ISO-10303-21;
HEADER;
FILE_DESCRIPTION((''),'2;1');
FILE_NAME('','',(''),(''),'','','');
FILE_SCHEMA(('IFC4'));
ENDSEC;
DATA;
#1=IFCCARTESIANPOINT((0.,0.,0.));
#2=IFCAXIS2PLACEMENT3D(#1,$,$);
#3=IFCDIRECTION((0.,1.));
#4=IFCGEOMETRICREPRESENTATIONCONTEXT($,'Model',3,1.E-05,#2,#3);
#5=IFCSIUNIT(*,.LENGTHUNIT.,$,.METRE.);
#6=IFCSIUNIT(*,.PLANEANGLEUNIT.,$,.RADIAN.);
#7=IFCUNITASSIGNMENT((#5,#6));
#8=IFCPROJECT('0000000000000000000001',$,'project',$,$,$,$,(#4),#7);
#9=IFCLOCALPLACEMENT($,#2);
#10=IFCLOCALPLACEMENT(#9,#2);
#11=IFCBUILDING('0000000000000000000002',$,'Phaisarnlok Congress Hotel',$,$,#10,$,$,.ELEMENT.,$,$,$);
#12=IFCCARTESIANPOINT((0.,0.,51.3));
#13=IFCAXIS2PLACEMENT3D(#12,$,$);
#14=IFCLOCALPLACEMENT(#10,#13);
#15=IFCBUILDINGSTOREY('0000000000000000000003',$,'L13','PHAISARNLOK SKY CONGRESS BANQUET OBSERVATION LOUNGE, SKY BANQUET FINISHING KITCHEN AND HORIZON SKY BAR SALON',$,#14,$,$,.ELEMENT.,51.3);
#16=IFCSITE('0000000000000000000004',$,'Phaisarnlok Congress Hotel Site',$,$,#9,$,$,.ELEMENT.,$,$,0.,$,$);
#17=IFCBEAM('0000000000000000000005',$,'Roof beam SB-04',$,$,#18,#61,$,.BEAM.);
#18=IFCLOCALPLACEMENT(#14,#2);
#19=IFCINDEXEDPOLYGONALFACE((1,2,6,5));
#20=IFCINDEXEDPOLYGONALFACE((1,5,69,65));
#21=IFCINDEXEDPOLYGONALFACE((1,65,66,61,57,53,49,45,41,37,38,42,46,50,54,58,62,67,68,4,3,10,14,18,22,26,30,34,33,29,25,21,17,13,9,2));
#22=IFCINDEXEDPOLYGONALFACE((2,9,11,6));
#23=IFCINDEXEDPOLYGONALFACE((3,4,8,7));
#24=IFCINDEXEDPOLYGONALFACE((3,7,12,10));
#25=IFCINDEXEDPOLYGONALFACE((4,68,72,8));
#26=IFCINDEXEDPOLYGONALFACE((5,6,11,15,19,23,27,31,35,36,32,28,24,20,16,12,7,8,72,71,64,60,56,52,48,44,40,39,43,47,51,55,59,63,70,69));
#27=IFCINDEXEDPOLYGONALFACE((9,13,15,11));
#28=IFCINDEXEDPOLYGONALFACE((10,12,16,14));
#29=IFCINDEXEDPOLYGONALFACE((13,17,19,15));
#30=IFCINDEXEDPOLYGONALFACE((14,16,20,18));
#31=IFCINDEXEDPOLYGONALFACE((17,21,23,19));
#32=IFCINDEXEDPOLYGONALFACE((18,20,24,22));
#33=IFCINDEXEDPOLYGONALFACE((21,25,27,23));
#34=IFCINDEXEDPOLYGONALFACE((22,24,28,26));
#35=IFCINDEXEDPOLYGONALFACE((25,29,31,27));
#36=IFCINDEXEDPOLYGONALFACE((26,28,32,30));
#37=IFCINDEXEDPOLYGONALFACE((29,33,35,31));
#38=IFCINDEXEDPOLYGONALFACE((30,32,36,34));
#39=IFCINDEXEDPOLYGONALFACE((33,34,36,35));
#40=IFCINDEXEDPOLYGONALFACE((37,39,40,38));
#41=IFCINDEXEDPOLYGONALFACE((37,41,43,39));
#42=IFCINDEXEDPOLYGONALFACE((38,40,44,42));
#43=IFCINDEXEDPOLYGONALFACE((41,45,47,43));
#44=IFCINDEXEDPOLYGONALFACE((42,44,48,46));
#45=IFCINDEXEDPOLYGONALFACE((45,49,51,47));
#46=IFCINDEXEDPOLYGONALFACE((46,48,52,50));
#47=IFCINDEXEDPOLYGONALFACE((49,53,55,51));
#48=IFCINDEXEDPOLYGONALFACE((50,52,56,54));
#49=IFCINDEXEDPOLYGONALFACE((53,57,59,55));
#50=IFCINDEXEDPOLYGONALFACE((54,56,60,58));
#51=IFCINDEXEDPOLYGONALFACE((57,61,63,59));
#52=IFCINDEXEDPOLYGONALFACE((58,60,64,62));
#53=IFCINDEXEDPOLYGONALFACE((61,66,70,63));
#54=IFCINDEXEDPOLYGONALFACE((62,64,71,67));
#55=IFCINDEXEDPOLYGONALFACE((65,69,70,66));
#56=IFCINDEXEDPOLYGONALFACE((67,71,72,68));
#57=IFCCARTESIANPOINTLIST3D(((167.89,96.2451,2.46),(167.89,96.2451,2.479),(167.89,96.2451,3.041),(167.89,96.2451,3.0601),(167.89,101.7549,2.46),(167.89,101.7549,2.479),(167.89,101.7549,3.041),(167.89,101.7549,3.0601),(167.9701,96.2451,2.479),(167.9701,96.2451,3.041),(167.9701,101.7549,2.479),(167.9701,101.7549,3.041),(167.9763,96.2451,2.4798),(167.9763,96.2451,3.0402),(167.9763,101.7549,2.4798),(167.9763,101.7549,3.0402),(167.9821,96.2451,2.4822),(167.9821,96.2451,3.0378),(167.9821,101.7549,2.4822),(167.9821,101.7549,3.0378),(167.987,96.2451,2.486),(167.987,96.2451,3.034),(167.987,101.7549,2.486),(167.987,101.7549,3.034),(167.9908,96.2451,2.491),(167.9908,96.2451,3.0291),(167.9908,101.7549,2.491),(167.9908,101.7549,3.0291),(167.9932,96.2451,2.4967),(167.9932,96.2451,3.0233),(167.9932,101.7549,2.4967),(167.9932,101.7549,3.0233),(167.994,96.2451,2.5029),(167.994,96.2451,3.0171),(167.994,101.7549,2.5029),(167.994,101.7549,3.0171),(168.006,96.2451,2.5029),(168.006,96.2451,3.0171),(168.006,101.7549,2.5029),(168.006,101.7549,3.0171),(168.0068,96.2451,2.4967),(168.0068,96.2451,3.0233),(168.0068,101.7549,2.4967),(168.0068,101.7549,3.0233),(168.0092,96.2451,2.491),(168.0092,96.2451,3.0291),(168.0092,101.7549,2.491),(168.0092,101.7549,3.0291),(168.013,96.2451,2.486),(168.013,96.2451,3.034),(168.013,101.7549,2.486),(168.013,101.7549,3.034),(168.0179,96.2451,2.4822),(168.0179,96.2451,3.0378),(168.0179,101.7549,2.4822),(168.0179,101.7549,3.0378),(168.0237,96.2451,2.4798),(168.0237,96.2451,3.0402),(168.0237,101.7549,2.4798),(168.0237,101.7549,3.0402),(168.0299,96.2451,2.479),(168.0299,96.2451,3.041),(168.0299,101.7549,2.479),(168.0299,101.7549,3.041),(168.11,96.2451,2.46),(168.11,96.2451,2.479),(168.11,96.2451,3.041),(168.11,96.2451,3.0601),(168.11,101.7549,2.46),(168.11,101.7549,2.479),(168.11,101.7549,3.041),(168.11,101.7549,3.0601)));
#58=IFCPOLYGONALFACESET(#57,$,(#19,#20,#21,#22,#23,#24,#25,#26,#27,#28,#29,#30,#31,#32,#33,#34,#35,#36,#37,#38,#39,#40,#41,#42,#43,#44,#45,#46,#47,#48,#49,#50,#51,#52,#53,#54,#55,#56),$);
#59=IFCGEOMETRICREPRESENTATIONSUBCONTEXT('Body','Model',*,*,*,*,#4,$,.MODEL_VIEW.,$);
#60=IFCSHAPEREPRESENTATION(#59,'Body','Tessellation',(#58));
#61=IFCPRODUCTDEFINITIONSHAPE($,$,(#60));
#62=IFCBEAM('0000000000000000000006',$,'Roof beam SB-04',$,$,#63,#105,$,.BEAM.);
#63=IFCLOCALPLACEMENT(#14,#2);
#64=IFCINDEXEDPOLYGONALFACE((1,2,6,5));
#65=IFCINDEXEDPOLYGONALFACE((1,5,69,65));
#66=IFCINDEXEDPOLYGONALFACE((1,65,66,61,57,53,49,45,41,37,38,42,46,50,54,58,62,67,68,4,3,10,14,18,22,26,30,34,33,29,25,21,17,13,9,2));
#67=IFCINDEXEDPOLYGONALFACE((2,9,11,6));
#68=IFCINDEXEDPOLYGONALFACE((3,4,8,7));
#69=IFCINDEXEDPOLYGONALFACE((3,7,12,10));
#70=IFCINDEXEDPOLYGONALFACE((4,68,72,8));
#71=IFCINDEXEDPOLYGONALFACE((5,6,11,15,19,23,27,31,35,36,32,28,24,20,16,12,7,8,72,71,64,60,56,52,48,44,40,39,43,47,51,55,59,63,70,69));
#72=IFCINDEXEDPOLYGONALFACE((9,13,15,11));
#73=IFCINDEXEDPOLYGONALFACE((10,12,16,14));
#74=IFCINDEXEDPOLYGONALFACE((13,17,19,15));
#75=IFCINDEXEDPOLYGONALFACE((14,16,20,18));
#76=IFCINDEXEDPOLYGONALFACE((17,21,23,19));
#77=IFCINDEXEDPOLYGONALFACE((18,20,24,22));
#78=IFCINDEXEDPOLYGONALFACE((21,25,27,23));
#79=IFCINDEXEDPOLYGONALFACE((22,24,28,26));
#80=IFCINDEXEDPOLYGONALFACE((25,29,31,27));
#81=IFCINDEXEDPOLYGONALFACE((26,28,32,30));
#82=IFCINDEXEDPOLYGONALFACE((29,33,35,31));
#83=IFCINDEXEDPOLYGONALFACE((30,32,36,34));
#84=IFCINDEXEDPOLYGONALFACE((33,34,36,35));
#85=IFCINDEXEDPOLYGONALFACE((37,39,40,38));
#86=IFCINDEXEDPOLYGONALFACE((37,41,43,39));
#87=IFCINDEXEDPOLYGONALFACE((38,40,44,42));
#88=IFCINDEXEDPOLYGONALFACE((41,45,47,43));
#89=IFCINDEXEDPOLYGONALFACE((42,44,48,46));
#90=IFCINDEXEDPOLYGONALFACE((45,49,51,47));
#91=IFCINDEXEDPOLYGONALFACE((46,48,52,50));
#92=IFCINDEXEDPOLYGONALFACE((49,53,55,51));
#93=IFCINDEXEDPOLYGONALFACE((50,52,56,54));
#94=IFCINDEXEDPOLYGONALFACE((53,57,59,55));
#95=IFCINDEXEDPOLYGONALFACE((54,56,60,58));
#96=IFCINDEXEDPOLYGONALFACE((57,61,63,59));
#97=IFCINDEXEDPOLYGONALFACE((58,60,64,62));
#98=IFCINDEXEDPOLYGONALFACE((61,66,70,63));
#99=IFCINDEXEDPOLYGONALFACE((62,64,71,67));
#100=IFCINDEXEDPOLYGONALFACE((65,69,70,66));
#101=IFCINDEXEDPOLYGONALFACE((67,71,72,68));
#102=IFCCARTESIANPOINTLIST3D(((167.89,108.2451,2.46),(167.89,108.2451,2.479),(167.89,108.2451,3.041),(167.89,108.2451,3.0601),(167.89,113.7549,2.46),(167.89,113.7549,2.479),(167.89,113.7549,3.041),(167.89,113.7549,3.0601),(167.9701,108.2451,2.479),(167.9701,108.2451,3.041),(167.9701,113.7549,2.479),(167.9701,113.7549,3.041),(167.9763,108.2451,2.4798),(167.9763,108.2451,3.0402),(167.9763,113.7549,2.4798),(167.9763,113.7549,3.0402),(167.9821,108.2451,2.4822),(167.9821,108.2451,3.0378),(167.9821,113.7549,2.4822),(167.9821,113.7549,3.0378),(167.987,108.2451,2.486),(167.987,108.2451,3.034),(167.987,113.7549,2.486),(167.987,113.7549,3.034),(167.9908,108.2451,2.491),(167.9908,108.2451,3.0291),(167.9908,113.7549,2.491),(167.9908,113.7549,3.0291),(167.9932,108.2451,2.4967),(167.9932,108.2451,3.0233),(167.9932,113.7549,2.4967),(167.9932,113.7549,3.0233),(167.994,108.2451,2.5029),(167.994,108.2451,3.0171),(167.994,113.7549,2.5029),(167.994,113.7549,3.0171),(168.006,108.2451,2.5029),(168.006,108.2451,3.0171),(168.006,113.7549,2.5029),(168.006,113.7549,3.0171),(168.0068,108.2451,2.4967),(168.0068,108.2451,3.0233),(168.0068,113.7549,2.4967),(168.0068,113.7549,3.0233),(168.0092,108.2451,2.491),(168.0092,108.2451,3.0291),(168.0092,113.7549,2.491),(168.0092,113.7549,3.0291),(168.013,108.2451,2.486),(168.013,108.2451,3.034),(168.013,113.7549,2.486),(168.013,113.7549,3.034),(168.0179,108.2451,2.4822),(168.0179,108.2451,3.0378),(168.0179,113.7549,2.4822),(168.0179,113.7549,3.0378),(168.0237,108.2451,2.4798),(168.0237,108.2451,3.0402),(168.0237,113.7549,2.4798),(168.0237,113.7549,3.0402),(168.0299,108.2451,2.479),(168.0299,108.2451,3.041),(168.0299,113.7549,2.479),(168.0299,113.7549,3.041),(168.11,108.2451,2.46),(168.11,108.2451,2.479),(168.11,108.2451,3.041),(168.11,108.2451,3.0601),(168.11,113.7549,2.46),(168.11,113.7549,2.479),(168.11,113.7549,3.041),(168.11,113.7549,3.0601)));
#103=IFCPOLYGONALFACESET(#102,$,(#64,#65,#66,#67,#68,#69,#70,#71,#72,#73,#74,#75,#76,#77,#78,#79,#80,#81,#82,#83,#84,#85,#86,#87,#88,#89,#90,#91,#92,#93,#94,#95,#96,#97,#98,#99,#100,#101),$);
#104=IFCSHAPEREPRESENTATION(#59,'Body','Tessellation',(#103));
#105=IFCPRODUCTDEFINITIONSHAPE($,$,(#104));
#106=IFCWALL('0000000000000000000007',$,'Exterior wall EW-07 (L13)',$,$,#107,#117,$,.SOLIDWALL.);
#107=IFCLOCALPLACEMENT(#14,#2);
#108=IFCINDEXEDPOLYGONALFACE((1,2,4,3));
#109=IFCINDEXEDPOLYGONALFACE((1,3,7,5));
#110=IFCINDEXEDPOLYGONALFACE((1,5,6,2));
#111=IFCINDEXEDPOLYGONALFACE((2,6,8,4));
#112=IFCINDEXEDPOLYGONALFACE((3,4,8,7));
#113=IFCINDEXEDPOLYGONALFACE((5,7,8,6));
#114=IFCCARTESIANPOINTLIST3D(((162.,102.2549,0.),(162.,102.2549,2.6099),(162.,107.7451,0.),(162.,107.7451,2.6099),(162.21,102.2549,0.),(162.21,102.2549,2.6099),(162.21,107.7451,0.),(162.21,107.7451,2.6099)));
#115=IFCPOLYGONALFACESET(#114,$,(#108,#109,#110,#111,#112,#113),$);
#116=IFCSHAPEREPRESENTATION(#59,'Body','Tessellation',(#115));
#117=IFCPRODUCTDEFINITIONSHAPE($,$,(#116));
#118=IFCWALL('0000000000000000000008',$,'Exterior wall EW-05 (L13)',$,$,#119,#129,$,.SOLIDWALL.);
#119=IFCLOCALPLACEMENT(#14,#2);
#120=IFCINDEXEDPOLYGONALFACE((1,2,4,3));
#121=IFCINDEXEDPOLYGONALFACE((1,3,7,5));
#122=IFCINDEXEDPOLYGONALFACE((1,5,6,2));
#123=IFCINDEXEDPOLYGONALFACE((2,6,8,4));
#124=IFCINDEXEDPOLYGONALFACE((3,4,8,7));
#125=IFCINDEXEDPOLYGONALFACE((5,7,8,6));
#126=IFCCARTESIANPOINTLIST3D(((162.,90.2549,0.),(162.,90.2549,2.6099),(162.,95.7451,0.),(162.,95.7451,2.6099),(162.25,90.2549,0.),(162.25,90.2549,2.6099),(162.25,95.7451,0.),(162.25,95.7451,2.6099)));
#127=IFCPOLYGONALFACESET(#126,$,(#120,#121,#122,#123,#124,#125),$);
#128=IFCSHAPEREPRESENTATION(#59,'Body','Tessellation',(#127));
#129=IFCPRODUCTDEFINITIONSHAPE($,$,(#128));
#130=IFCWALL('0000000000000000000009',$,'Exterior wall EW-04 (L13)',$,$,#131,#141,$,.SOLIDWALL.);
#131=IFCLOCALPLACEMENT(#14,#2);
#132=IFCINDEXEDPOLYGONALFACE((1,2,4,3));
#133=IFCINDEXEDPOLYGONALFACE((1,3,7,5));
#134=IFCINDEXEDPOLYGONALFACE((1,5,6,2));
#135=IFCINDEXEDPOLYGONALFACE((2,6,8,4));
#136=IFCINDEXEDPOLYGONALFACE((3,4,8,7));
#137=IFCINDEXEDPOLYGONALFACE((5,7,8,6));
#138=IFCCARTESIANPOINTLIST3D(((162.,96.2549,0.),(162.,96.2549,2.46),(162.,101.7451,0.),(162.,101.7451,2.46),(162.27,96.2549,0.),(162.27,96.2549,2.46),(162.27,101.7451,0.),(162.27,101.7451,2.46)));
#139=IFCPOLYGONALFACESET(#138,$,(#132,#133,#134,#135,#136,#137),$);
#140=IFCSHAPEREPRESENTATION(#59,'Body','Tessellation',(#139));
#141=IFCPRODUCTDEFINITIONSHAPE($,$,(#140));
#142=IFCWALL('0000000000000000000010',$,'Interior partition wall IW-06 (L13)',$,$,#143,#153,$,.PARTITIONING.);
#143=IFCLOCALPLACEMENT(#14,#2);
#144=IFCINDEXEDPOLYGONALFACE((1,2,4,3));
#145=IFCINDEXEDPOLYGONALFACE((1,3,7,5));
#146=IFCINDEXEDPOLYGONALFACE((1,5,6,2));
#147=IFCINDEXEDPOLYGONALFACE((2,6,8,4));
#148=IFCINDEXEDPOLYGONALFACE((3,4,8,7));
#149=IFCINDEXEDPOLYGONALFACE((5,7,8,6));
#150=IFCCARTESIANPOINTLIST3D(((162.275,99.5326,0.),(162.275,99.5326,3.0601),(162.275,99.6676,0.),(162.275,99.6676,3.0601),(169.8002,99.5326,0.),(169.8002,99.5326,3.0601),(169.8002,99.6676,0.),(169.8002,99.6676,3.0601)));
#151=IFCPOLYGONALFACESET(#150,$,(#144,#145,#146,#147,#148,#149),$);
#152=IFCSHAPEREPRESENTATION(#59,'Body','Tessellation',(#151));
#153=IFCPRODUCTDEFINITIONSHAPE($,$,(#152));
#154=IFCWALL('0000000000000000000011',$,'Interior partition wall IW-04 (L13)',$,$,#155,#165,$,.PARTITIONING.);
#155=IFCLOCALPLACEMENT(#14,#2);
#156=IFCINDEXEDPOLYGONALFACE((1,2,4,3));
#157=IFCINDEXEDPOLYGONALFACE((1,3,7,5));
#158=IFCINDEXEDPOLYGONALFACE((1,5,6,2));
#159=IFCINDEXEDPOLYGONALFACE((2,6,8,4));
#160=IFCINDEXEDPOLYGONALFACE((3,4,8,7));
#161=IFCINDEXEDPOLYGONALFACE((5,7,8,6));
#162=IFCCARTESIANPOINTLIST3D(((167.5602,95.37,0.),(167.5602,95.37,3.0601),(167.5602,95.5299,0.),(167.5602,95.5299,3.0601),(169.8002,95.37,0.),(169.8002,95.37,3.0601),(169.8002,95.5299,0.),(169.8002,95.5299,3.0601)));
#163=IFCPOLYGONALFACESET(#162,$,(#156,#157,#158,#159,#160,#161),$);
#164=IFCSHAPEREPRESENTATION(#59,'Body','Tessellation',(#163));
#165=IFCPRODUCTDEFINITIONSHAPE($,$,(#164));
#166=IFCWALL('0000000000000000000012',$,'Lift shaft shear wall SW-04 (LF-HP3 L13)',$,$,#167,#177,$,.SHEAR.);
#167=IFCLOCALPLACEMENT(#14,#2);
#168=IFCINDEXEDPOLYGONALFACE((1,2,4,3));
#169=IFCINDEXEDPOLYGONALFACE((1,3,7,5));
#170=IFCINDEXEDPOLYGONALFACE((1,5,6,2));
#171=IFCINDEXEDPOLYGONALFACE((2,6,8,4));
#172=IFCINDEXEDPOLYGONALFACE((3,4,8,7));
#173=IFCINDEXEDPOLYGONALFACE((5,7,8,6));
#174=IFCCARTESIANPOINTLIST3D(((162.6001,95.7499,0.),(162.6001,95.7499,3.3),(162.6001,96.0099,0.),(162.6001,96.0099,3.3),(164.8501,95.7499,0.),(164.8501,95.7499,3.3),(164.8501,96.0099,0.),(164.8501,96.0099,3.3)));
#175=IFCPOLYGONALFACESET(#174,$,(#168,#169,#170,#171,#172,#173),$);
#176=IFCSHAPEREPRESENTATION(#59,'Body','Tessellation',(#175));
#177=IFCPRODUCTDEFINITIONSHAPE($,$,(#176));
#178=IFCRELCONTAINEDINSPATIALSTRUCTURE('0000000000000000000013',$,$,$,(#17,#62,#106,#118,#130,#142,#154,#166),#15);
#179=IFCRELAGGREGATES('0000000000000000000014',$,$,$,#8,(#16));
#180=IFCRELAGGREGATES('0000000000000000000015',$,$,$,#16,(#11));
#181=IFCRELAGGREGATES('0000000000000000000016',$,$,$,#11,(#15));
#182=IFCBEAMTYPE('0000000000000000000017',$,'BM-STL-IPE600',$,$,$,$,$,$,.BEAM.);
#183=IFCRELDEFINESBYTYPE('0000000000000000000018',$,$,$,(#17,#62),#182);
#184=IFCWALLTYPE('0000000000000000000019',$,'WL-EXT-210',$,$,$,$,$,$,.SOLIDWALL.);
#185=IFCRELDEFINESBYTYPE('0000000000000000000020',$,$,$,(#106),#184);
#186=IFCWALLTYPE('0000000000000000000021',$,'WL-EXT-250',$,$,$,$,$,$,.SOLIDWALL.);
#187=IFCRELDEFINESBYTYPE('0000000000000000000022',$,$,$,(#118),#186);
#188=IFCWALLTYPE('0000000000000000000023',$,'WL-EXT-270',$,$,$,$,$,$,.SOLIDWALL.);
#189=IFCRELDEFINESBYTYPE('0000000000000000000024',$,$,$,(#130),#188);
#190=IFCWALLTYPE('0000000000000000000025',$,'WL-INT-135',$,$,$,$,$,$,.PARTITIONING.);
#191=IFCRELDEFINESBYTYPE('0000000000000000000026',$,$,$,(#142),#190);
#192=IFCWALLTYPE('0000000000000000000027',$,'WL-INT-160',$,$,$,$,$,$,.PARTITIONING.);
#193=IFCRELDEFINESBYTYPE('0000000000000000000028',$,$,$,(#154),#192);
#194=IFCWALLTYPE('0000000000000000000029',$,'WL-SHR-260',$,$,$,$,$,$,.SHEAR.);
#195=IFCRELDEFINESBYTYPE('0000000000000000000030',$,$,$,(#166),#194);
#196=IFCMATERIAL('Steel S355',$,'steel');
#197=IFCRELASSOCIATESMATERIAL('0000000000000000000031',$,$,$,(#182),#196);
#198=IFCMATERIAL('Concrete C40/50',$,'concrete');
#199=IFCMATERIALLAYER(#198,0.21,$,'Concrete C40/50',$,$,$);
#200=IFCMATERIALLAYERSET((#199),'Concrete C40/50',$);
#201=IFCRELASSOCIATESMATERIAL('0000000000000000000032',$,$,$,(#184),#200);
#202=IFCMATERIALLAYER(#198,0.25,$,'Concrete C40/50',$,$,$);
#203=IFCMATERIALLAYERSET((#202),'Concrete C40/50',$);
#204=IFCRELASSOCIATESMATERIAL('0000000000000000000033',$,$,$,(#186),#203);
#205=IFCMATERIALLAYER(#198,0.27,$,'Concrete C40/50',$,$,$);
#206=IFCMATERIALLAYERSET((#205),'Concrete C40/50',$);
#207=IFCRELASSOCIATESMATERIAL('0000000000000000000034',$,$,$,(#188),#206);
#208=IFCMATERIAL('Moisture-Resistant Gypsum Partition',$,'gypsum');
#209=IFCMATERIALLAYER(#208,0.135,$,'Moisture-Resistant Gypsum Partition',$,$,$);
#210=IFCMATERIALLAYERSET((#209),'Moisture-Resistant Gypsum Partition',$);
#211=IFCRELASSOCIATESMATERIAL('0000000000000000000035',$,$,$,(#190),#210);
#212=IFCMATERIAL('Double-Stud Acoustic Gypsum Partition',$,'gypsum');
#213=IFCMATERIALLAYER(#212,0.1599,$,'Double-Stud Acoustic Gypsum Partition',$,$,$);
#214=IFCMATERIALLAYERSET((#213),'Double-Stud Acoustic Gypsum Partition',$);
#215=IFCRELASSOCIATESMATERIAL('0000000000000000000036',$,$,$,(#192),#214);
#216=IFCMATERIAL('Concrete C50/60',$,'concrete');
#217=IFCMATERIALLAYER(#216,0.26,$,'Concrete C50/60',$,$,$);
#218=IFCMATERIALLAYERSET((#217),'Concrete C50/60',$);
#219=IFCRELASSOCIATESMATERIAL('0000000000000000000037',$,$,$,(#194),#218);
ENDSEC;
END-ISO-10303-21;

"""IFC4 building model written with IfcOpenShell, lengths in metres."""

from ifc_helpers import new_model, si_unit, direction, frame, frame_2d, origin, origin_2d, place, context, subcontext, project, spatial, rectangle, i_section, extrude, material, layer, layer_set, material_profile, profile_set, type_object, element, save


model = new_model("IFC4")

# Units and contexts
model_context = context("Model", 3, precision=1e-05, world=origin(), true_north=direction((0.0, 1.0)))
body_context = subcontext(model_context, "Body", "Model", "MODEL_VIEW")
ifc_project = project(units=[si_unit("LENGTHUNIT", "METRE"), si_unit("PLANEANGLEUNIT", "RADIAN")], contexts=[model_context])

# Site, building, storey
site_placement = place(None, origin())
site = spatial("IfcSite", under=ifc_project, at=site_placement, Name="Phaisarnlok Congress Hotel Site", CompositionType="ELEMENT", RefElevation=0.0)
building_placement = place(site_placement, origin())
building = spatial("IfcBuilding", under=site, at=building_placement, Name="Phaisarnlok Congress Hotel", CompositionType="ELEMENT")
storey_placement = place(building_placement, frame((0.0, 0.0, 51.3)))
storey = spatial("IfcBuildingStorey", under=building, at=storey_placement, Name="L13", Description="PHAISARNLOK SKY CONGRESS BANQUET OBSERVATION LOUNGE, SKY BANQUET FINISHING KITCHEN AND HORIZON SKY BAR SALON", CompositionType="ELEMENT", Elevation=51.3)

# Shared definitions
ifc_material_1 = material(Name="Concrete C50/60", Category="concrete")

# Beams
ifc_material_2 = material(Name="Steel S355", Category="steel")
ifc_material_profile_1 = material_profile(ifc_material_2, i_section(OverallWidth=0.22, OverallDepth=0.6001, WebThickness=0.012, FlangeThickness=0.019, FilletRadius=0.0239, at=origin_2d()), Name="IPE 600")
ifc_profile_set_1 = profile_set([ifc_material_profile_1], Name="Steel S355")
beam_type_1 = type_object("IfcBeamType", Name="BM-STL-IPE600", PredefinedType="BEAM", material=ifc_profile_set_1)
for number, where, z_axis, x_axis, name in (
    (1, (168.0, 96.2451, 2.76), (0.0, 1.0, 0.0), (-1.0, 0.0, 0.0), "Roof beam SB-04"),
    (2, (168.0, 108.2451, 2.76), (0.0, 1.0, 0.0), (-1.0, 0.0, 0.0), "Roof beam SB-04"),
):
    element("IfcBeam", number, at=place(storey_placement, frame(where, z_axis=z_axis, x_axis=x_axis)), inside=storey, type_object=beam_type_1, Name=name, PredefinedType="BEAM", context=body_context, shape_type="SweptSolid", body=[
        extrude(i_section(OverallWidth=0.22, OverallDepth=0.6001, WebThickness=0.012, FlangeThickness=0.019, FilletRadius=0.0239, at=origin_2d()), origin(), (0.0, 0.0, 1.0), 5.5098),
    ])

# Walls
ifc_material_3 = material(Name="Concrete C40/50", Category="concrete")
ifc_layer_1 = layer(ifc_material_3, 0.21, Name="Concrete C40/50")
ifc_layer_set_1 = layer_set([ifc_layer_1], Name="Concrete C40/50")
wall_type_1 = type_object("IfcWallType", Name="WL-EXT-210", PredefinedType="SOLIDWALL", material=ifc_layer_set_1)
wall_1_placement = place(storey_placement, frame((162.105, 107.7451, 0.0), z_axis=(0.0, 0.0, 1.0), x_axis=(0.0, -1.0, 0.0)))
element("IfcWall", 3, at=wall_1_placement, inside=storey, type_object=wall_type_1, Name="Exterior wall EW-07 (L13)", PredefinedType="SOLIDWALL", context=body_context, shape_type="SweptSolid", body=[
    extrude(rectangle(XDim=5.4902, YDim=0.21, at=frame_2d((2.7451, 0.0))), origin(), (0.0, 0.0, 1.0), 2.6099),
])
ifc_layer_2 = layer(ifc_material_3, 0.25, Name="Concrete C40/50")
ifc_layer_set_2 = layer_set([ifc_layer_2], Name="Concrete C40/50")
wall_type_2 = type_object("IfcWallType", Name="WL-EXT-250", PredefinedType="SOLIDWALL", material=ifc_layer_set_2)
wall_2_placement = place(storey_placement, frame((162.125, 95.7451, 0.0), z_axis=(0.0, 0.0, 1.0), x_axis=(0.0, -1.0, 0.0)))
element("IfcWall", 4, at=wall_2_placement, inside=storey, type_object=wall_type_2, Name="Exterior wall EW-05 (L13)", PredefinedType="SOLIDWALL", context=body_context, shape_type="SweptSolid", body=[
    extrude(rectangle(XDim=5.4902, YDim=0.25, at=frame_2d((2.7451, 0.0))), origin(), (0.0, 0.0, 1.0), 2.6099),
])
ifc_layer_3 = layer(ifc_material_3, 0.27, Name="Concrete C40/50")
ifc_layer_set_3 = layer_set([ifc_layer_3], Name="Concrete C40/50")
wall_type_3 = type_object("IfcWallType", Name="WL-EXT-270", PredefinedType="SOLIDWALL", material=ifc_layer_set_3)
wall_3_placement = place(storey_placement, frame((162.135, 101.7451, 0.0), z_axis=(0.0, 0.0, 1.0), x_axis=(0.0, -1.0, 0.0)))
element("IfcWall", 5, at=wall_3_placement, inside=storey, type_object=wall_type_3, Name="Exterior wall EW-04 (L13)", PredefinedType="SOLIDWALL", context=body_context, shape_type="SweptSolid", body=[
    extrude(rectangle(XDim=5.4902, YDim=0.27, at=frame_2d((2.7451, 0.0))), origin(), (0.0, 0.0, 1.0), 2.46),
])
ifc_material_4 = material(Name="Moisture-Resistant Gypsum Partition", Category="gypsum")
ifc_layer_4 = layer(ifc_material_4, 0.135, Name="Moisture-Resistant Gypsum Partition")
ifc_layer_set_4 = layer_set([ifc_layer_4], Name="Moisture-Resistant Gypsum Partition")
wall_type_4 = type_object("IfcWallType", Name="WL-INT-135", PredefinedType="PARTITIONING", material=ifc_layer_set_4)
wall_4_placement = place(storey_placement, frame((162.2749, 99.6001, 0.0), z_axis=(0.0, 0.0, 1.0), x_axis=(1.0, 0.0, 0.0)))
element("IfcWall", 6, at=wall_4_placement, inside=storey, type_object=wall_type_4, Name="Interior partition wall IW-06 (L13)", PredefinedType="PARTITIONING", context=body_context, shape_type="SweptSolid", body=[
    extrude(rectangle(XDim=7.5251, YDim=0.135, at=frame_2d((3.7627, 0.0))), origin(), (0.0, 0.0, 1.0), 3.0601),
])
ifc_material_5 = material(Name="Double-Stud Acoustic Gypsum Partition", Category="gypsum")
ifc_layer_5 = layer(ifc_material_5, 0.1599, Name="Double-Stud Acoustic Gypsum Partition")
ifc_layer_set_5 = layer_set([ifc_layer_5], Name="Double-Stud Acoustic Gypsum Partition")
wall_type_5 = type_object("IfcWallType", Name="WL-INT-160", PredefinedType="PARTITIONING", material=ifc_layer_set_5)
wall_5_placement = place(storey_placement, frame((167.5601, 95.45, 0.0), z_axis=(0.0, 0.0, 1.0), x_axis=(1.0, 0.0, 0.0)))
element("IfcWall", 7, at=wall_5_placement, inside=storey, type_object=wall_type_5, Name="Interior partition wall IW-04 (L13)", PredefinedType="PARTITIONING", context=body_context, shape_type="SweptSolid", body=[
    extrude(rectangle(XDim=2.24, YDim=0.1599, at=frame_2d((1.1201, 0.0))), origin(), (0.0, 0.0, 1.0), 3.0601),
])
ifc_layer_6 = layer(ifc_material_1, 0.26, Name="Concrete C50/60")
ifc_layer_set_6 = layer_set([ifc_layer_6], Name="Concrete C50/60")
wall_type_6 = type_object("IfcWallType", Name="WL-SHR-260", PredefinedType="SHEAR", material=ifc_layer_set_6)
wall_6_placement = place(storey_placement, frame((162.6001, 95.8799, 0.0), z_axis=(0.0, 0.0, 1.0), x_axis=(1.0, 0.0, 0.0)))
element("IfcWall", 8, at=wall_6_placement, inside=storey, type_object=wall_type_6, Name="Lift shaft shear wall SW-04 (LF-HP3 L13)", PredefinedType="SHEAR", context=body_context, shape_type="SweptSolid", body=[
    extrude(rectangle(XDim=2.25, YDim=0.26, at=frame_2d((1.125, 0.0))), origin(), (0.0, 0.0, 1.0), 3.3),
])

save(model, "model.ifc")
